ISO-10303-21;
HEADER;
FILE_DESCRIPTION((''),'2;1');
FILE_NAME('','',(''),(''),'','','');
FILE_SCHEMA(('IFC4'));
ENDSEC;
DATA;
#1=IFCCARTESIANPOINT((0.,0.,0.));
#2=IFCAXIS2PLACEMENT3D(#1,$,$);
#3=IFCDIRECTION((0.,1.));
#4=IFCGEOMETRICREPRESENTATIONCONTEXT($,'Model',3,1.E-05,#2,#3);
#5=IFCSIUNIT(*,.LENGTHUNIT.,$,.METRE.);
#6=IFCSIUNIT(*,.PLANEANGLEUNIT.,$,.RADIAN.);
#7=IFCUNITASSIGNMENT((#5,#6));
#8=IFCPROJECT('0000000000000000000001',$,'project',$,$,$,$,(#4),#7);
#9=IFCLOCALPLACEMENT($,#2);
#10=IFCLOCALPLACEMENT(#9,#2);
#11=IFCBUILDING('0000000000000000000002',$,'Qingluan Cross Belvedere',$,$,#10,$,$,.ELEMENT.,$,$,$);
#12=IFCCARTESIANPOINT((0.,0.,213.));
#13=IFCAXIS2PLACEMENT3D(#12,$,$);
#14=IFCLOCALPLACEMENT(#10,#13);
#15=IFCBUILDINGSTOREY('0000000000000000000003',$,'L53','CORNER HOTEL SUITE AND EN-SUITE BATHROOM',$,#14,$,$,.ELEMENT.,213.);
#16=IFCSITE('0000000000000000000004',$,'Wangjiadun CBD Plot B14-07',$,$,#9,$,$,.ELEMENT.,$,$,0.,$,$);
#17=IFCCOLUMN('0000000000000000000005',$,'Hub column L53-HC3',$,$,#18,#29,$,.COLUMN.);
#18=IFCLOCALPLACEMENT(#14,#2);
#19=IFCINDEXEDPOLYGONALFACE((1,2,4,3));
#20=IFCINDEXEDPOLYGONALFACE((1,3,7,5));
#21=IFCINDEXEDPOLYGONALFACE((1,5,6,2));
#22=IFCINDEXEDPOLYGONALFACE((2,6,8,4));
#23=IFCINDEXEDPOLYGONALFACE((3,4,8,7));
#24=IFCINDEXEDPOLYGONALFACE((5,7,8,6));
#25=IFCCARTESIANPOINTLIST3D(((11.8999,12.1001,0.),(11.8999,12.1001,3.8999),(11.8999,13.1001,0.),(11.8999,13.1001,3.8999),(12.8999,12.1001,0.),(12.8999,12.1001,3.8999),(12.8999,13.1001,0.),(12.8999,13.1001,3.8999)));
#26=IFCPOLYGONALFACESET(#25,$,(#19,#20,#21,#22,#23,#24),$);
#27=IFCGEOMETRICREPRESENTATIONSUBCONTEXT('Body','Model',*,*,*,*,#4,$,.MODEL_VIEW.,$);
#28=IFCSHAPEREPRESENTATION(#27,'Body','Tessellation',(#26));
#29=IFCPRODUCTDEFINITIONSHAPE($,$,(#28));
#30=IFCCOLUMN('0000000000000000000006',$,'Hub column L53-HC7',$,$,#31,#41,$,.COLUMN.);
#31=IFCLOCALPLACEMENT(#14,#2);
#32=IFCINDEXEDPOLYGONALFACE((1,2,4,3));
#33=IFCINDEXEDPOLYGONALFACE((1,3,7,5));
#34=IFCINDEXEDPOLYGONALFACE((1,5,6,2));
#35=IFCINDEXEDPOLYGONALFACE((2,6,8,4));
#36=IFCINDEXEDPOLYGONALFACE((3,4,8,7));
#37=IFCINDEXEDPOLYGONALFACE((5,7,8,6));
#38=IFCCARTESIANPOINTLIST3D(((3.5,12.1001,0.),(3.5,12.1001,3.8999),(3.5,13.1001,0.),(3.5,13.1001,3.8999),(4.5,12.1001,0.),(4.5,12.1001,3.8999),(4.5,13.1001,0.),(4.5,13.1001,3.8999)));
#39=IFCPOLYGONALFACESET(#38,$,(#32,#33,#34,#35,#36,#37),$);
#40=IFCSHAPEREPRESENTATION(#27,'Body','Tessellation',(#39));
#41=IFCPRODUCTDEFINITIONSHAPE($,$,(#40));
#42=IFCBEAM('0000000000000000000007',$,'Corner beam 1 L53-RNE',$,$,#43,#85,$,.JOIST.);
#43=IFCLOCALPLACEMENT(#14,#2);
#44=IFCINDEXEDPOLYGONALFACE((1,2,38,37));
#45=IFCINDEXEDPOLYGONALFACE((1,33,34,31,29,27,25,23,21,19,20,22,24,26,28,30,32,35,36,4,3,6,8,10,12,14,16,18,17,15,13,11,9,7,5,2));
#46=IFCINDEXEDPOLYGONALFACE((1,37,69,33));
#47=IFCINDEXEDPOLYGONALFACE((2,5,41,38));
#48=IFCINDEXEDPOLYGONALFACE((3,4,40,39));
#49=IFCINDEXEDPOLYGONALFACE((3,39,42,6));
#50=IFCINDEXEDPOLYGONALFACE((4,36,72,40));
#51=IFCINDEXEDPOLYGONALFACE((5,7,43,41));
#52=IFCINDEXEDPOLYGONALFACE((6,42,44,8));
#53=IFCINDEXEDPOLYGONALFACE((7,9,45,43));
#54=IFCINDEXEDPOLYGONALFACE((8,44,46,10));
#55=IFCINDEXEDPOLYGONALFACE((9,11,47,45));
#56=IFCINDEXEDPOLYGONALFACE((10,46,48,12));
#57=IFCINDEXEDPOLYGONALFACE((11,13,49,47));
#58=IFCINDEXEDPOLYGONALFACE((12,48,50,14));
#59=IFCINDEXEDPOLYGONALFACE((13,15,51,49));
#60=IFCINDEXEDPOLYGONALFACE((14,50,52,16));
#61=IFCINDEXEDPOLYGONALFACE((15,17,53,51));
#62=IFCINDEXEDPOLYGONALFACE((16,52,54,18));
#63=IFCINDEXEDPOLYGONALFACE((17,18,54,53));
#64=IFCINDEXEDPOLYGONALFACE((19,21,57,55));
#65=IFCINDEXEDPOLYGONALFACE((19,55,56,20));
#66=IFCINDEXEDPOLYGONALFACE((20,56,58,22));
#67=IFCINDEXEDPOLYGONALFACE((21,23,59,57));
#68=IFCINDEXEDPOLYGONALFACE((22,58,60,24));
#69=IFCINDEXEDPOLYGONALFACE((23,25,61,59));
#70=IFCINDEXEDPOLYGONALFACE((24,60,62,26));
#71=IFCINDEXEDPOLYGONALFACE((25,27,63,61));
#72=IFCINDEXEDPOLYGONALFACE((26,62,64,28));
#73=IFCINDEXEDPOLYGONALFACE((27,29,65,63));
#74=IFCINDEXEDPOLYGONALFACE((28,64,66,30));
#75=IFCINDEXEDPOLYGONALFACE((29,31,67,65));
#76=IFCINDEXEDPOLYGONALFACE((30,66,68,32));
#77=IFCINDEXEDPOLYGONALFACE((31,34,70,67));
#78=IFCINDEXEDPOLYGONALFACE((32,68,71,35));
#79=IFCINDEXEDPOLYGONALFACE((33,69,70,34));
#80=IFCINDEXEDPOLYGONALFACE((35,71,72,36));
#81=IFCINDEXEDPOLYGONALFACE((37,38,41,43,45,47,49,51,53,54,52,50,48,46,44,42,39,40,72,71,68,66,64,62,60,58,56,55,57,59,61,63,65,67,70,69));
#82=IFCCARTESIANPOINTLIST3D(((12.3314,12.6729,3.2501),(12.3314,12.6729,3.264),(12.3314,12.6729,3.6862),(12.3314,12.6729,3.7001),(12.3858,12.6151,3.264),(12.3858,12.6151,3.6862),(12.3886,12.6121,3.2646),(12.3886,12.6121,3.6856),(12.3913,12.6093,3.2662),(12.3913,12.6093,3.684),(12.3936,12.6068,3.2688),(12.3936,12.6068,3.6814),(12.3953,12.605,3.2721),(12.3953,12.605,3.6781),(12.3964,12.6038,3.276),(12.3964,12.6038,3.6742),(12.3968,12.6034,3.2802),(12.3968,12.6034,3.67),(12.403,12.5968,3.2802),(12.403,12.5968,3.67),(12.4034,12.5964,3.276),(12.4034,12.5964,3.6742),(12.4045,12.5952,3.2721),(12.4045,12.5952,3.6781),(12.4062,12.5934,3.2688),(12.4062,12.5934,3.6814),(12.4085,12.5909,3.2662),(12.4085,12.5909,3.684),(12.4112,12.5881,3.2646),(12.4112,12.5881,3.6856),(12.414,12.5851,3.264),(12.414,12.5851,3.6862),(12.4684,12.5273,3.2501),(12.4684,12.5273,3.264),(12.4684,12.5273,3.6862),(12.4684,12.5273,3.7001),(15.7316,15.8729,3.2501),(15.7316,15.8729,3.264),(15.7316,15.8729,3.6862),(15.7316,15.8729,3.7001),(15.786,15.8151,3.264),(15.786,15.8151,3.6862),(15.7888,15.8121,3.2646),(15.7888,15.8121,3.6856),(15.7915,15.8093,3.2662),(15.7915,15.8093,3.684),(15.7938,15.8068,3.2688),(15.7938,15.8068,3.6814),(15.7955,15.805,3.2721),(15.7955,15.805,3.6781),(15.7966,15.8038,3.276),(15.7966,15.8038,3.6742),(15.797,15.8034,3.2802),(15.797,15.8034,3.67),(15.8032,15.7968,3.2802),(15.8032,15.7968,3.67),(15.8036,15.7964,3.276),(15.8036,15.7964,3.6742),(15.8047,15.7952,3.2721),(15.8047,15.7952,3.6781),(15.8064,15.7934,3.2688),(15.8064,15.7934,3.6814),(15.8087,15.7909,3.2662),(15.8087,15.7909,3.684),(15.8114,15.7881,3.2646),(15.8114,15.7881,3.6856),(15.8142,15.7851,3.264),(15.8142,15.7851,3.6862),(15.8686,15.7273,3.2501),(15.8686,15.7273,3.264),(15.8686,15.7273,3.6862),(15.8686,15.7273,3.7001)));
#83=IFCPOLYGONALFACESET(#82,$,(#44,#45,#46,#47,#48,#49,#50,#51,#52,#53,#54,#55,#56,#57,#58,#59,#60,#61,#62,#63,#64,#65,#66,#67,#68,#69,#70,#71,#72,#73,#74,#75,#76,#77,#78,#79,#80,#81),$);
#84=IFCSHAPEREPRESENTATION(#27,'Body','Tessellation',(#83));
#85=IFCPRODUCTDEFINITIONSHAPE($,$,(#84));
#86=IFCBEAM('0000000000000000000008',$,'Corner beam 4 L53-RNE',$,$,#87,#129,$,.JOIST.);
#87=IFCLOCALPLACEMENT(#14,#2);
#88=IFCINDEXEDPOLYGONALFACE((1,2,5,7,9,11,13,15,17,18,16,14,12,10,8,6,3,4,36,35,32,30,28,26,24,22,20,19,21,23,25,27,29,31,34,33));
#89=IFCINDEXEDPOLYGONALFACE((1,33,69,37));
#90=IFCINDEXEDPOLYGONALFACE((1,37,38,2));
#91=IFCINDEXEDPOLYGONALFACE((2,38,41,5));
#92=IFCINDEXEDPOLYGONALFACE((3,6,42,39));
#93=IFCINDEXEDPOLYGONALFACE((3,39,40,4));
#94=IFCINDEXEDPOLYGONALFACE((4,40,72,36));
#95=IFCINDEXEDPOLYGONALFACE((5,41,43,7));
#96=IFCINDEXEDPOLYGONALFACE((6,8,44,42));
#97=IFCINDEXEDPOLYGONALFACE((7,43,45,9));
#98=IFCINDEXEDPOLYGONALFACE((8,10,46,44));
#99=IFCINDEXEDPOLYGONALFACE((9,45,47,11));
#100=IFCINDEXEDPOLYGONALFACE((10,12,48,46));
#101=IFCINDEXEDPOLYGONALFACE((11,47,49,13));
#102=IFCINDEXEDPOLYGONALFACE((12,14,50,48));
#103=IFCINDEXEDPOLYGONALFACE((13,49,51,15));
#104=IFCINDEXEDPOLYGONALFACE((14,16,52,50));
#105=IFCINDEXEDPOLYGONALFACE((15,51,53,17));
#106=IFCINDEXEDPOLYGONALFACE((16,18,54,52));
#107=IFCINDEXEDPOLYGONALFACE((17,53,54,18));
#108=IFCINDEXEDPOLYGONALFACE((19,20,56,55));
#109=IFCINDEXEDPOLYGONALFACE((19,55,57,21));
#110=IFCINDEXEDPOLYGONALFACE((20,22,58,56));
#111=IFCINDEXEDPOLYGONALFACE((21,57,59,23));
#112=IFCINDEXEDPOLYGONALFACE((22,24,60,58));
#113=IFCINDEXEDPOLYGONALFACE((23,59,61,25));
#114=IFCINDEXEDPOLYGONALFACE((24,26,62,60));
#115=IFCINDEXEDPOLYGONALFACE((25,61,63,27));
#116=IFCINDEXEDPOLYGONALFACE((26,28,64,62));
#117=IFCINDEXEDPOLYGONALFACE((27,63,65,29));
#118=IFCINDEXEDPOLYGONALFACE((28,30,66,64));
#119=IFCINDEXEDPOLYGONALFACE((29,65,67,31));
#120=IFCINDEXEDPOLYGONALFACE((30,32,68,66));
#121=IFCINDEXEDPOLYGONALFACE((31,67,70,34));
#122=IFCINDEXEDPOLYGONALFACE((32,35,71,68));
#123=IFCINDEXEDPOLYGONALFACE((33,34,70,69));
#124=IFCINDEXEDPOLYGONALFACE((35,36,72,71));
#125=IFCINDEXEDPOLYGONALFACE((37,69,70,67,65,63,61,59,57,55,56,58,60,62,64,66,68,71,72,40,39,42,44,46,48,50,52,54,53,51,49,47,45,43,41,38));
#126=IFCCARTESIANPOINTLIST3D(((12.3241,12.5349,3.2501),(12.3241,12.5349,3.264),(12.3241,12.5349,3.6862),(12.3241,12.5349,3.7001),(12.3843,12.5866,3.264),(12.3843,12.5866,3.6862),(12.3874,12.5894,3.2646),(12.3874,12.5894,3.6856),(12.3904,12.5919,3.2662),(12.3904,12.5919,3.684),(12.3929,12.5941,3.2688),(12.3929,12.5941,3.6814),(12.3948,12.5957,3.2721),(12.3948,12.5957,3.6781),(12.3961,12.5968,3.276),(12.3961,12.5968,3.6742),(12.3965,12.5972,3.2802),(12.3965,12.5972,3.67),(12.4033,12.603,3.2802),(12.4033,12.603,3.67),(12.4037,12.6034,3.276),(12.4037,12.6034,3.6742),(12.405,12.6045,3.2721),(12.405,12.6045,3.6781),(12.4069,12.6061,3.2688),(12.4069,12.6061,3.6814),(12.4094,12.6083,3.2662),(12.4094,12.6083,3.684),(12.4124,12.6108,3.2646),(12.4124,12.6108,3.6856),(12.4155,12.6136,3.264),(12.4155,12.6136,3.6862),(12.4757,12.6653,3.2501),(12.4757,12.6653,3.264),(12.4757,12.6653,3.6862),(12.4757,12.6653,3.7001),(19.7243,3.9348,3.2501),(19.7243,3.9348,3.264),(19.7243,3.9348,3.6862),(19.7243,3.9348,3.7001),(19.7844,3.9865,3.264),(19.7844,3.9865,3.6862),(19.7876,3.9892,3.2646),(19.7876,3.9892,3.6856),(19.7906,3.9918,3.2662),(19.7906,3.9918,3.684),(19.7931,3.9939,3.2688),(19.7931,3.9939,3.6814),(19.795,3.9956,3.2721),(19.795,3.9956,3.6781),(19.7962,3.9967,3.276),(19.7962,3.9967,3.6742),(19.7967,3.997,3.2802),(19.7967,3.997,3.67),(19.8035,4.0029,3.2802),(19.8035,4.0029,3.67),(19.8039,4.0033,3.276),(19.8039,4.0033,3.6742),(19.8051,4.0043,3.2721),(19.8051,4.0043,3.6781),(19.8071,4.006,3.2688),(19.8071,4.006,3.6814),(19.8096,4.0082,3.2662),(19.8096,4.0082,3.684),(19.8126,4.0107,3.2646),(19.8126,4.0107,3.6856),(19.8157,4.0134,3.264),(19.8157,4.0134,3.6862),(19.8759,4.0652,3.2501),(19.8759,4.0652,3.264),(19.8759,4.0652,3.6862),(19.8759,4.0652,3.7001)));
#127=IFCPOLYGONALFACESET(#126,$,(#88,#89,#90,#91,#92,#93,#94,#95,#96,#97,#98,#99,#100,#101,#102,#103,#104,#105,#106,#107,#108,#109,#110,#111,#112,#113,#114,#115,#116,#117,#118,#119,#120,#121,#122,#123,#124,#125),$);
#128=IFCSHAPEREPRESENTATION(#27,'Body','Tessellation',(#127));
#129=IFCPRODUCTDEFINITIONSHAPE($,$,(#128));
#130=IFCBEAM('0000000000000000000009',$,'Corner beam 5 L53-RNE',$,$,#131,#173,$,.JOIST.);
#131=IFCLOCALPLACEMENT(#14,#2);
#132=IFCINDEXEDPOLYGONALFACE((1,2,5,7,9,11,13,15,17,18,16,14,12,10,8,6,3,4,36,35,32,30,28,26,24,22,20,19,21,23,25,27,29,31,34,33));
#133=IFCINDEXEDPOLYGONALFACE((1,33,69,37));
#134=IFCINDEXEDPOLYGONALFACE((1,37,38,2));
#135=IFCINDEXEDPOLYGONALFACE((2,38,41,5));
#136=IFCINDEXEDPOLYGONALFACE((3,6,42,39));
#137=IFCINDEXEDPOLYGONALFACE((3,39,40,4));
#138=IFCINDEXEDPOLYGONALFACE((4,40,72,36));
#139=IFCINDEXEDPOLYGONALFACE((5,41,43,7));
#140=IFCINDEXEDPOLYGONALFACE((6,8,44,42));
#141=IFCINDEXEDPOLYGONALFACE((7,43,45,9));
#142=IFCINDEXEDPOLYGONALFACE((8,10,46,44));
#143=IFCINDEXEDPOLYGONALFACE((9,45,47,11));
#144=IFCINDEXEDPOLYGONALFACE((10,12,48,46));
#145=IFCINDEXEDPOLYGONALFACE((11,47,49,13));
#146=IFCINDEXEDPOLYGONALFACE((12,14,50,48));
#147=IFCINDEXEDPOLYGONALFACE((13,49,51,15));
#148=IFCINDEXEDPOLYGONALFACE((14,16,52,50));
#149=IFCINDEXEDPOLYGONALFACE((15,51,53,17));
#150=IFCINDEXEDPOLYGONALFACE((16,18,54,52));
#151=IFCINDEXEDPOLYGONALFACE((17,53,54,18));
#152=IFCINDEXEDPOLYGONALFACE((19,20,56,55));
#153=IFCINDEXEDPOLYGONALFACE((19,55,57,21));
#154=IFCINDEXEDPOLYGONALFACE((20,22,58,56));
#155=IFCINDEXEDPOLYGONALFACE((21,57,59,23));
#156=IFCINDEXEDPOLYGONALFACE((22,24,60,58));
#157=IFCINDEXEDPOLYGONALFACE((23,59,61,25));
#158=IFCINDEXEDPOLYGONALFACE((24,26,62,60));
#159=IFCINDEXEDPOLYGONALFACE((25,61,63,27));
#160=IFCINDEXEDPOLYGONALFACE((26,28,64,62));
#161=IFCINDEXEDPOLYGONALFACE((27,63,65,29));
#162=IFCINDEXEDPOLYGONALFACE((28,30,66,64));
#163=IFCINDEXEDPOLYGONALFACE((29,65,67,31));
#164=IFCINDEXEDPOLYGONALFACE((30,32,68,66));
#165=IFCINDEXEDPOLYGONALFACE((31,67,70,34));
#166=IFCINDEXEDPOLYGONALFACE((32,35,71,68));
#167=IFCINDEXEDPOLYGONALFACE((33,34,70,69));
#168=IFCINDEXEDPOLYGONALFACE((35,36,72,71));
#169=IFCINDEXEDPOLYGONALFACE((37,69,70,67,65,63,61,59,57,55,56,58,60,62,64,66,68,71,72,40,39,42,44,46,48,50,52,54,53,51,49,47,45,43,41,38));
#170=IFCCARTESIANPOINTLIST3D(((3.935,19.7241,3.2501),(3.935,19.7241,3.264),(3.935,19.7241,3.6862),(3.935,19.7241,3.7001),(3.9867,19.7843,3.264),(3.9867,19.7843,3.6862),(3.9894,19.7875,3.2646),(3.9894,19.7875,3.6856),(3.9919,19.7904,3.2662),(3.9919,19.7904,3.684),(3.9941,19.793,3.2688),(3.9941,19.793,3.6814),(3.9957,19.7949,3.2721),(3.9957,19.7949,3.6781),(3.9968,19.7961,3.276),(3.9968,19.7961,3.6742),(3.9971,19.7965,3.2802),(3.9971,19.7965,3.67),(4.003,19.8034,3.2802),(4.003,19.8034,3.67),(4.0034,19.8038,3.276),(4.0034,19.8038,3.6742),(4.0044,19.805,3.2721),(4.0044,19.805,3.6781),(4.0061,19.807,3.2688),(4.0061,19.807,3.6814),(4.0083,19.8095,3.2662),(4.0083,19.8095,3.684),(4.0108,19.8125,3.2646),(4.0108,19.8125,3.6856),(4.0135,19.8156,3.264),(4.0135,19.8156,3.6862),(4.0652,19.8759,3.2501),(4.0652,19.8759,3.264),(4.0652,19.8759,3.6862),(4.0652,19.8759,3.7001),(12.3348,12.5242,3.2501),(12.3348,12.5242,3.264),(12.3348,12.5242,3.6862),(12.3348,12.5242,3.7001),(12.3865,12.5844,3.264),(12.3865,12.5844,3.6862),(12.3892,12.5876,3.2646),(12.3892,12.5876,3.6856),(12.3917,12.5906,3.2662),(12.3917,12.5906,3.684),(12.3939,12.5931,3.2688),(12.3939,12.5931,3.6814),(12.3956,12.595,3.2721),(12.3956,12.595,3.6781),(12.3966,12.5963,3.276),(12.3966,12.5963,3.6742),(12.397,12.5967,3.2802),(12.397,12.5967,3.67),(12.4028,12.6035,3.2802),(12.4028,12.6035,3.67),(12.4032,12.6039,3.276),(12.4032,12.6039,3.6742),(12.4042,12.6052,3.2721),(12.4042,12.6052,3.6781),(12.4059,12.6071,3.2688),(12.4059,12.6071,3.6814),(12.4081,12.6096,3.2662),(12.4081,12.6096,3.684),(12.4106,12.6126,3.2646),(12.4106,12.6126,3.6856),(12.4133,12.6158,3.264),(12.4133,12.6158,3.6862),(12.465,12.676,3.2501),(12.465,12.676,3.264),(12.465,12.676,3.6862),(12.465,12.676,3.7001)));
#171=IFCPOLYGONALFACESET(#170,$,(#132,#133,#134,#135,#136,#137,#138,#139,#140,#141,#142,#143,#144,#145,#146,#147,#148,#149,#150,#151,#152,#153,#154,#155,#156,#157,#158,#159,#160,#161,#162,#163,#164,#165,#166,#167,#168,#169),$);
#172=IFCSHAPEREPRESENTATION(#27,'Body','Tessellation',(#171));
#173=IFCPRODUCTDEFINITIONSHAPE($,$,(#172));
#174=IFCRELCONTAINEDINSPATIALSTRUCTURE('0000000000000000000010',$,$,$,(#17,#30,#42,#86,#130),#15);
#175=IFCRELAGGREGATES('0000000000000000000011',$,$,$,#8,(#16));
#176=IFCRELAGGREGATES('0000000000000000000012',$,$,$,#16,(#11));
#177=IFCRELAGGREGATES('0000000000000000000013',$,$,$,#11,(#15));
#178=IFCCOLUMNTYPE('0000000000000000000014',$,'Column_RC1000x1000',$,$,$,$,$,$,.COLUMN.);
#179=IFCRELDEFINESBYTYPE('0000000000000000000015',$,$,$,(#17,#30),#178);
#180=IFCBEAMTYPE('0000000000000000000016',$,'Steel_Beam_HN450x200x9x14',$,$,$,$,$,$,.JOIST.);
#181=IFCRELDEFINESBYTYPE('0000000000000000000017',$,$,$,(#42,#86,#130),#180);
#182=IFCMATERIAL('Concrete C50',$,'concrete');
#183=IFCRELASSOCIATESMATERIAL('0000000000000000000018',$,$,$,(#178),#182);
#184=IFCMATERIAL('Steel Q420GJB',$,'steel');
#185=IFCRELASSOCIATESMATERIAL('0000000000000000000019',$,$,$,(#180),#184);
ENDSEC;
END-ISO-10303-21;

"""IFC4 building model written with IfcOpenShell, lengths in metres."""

from ifc_helpers import new_model, si_unit, direction, frame, origin, origin_2d, place, context, subcontext, project, spatial, rectangle, i_section, extrude, material, material_profile, profile_set, type_object, element, save


model = new_model("IFC4")

# Units and contexts
model_context = context("Model", 3, precision=1e-05, world=origin(), true_north=direction((0.0, 1.0)))
body_context = subcontext(model_context, "Body", "Model", "MODEL_VIEW")
ifc_project = project(units=[si_unit("LENGTHUNIT", "METRE"), si_unit("PLANEANGLEUNIT", "RADIAN")], contexts=[model_context])

# Site, building, storey
site_placement = place(None, origin())
site = spatial("IfcSite", under=ifc_project, at=site_placement, Name="Wangjiadun CBD Plot B14-07", CompositionType="ELEMENT", RefElevation=0.0)
building_placement = place(site_placement, origin())
building = spatial("IfcBuilding", under=site, at=building_placement, Name="Qingluan Cross Belvedere", CompositionType="ELEMENT")
storey_placement = place(building_placement, frame((0.0, 0.0, 213.0)))
storey = spatial("IfcBuildingStorey", under=building, at=storey_placement, Name="L53", Description="CORNER HOTEL SUITE AND EN-SUITE BATHROOM", CompositionType="ELEMENT", Elevation=213.0)

# Columns
ifc_material_1 = material(Name="Concrete C50", Category="concrete")
ifc_material_profile_1 = material_profile(ifc_material_1, rectangle(XDim=1.0, YDim=1.0, at=origin_2d()), Name="RC1000x1000")
ifc_profile_set_1 = profile_set([ifc_material_profile_1], Name="Concrete C50")
column_type = type_object("IfcColumnType", Name="Column_RC1000x1000", PredefinedType="COLUMN", material=ifc_profile_set_1)
for number, where, z_axis, x_axis, name in (
    (1, (12.3999, 12.6001, 0.0), (0.0, 0.0, 1.0), (1.0, 0.0, 0.0), "Hub column L53-HC3"),
    (2, (4.0, 12.6001, 0.0), (0.0, 0.0, 1.0), (1.0, 0.0, 0.0), "Hub column L53-HC7"),
):
    element("IfcColumn", number, at=place(storey_placement, frame(where, z_axis=z_axis, x_axis=x_axis)), inside=storey, type_object=column_type, Name=name, PredefinedType="COLUMN", context=body_context, shape_type="SweptSolid", body=[
        extrude(rectangle(XDim=1.0, YDim=1.0, at=origin_2d()), origin(), (0.0, 0.0, 1.0), 3.8999),
    ])

# Beams
ifc_material_2 = material(Name="Steel Q420GJB", Category="steel")
ifc_material_profile_2 = material_profile(ifc_material_2, i_section(OverallWidth=0.2, OverallDepth=0.45, WebThickness=0.009, FlangeThickness=0.0139, FilletRadius=0.0161, at=origin_2d()), Name="HN450x200x9x14")
ifc_profile_set_2 = profile_set([ifc_material_profile_2], Name="Steel Q420GJB")
beam_type_1 = type_object("IfcBeamType", Name="Steel_Beam_HN450x200x9x14", PredefinedType="JOIST", material=ifc_profile_set_2)
beam_1_placement = place(storey_placement, frame((12.3999, 12.6001, 3.4751), z_axis=(0.72822, 0.685343, 0.0), x_axis=(-0.685343, 0.72822, 0.0)))
element("IfcBeam", 3, at=beam_1_placement, inside=storey, type_object=beam_type_1, Name="Corner beam 1 L53-RNE", PredefinedType="JOIST", context=body_context, shape_type="SweptSolid", body=[
    extrude(i_section(OverallWidth=0.2, OverallDepth=0.45, WebThickness=0.009, FlangeThickness=0.0139, FilletRadius=0.0161, at=origin_2d()), origin(), (0.0, 0.0, 1.0), 4.6692),
])
beam_2_placement = place(storey_placement, frame((12.3999, 12.6001, 3.4751), z_axis=(0.652245, -0.758008, 0.0), x_axis=(0.758008, 0.652245, 0.0)))
element("IfcBeam", 4, at=beam_2_placement, inside=storey, type_object=beam_type_1, Name="Corner beam 4 L53-RNE", PredefinedType="JOIST", context=body_context, shape_type="SweptSolid", body=[
    extrude(i_section(OverallWidth=0.2, OverallDepth=0.45, WebThickness=0.009, FlangeThickness=0.0139, FilletRadius=0.0161, at=origin_2d()), origin(), (0.0, 0.0, 1.0), 11.3457),
])
beam_3_placement = place(storey_placement, frame((12.3999, 12.6001, 3.4751), z_axis=(-0.759255, 0.650793, 0.0), x_axis=(-0.650793, -0.759255, 0.0)))
element("IfcBeam", 5, at=beam_3_placement, inside=storey, type_object=beam_type_1, Name="Corner beam 5 L53-RNE", PredefinedType="JOIST", context=body_context, shape_type="SweptSolid", body=[
    extrude(i_section(OverallWidth=0.2, OverallDepth=0.45, WebThickness=0.009, FlangeThickness=0.0139, FilletRadius=0.0161, at=origin_2d()), origin(), (0.0, 0.0, 1.0), 11.0632),
])

save(model, "model.ifc")
